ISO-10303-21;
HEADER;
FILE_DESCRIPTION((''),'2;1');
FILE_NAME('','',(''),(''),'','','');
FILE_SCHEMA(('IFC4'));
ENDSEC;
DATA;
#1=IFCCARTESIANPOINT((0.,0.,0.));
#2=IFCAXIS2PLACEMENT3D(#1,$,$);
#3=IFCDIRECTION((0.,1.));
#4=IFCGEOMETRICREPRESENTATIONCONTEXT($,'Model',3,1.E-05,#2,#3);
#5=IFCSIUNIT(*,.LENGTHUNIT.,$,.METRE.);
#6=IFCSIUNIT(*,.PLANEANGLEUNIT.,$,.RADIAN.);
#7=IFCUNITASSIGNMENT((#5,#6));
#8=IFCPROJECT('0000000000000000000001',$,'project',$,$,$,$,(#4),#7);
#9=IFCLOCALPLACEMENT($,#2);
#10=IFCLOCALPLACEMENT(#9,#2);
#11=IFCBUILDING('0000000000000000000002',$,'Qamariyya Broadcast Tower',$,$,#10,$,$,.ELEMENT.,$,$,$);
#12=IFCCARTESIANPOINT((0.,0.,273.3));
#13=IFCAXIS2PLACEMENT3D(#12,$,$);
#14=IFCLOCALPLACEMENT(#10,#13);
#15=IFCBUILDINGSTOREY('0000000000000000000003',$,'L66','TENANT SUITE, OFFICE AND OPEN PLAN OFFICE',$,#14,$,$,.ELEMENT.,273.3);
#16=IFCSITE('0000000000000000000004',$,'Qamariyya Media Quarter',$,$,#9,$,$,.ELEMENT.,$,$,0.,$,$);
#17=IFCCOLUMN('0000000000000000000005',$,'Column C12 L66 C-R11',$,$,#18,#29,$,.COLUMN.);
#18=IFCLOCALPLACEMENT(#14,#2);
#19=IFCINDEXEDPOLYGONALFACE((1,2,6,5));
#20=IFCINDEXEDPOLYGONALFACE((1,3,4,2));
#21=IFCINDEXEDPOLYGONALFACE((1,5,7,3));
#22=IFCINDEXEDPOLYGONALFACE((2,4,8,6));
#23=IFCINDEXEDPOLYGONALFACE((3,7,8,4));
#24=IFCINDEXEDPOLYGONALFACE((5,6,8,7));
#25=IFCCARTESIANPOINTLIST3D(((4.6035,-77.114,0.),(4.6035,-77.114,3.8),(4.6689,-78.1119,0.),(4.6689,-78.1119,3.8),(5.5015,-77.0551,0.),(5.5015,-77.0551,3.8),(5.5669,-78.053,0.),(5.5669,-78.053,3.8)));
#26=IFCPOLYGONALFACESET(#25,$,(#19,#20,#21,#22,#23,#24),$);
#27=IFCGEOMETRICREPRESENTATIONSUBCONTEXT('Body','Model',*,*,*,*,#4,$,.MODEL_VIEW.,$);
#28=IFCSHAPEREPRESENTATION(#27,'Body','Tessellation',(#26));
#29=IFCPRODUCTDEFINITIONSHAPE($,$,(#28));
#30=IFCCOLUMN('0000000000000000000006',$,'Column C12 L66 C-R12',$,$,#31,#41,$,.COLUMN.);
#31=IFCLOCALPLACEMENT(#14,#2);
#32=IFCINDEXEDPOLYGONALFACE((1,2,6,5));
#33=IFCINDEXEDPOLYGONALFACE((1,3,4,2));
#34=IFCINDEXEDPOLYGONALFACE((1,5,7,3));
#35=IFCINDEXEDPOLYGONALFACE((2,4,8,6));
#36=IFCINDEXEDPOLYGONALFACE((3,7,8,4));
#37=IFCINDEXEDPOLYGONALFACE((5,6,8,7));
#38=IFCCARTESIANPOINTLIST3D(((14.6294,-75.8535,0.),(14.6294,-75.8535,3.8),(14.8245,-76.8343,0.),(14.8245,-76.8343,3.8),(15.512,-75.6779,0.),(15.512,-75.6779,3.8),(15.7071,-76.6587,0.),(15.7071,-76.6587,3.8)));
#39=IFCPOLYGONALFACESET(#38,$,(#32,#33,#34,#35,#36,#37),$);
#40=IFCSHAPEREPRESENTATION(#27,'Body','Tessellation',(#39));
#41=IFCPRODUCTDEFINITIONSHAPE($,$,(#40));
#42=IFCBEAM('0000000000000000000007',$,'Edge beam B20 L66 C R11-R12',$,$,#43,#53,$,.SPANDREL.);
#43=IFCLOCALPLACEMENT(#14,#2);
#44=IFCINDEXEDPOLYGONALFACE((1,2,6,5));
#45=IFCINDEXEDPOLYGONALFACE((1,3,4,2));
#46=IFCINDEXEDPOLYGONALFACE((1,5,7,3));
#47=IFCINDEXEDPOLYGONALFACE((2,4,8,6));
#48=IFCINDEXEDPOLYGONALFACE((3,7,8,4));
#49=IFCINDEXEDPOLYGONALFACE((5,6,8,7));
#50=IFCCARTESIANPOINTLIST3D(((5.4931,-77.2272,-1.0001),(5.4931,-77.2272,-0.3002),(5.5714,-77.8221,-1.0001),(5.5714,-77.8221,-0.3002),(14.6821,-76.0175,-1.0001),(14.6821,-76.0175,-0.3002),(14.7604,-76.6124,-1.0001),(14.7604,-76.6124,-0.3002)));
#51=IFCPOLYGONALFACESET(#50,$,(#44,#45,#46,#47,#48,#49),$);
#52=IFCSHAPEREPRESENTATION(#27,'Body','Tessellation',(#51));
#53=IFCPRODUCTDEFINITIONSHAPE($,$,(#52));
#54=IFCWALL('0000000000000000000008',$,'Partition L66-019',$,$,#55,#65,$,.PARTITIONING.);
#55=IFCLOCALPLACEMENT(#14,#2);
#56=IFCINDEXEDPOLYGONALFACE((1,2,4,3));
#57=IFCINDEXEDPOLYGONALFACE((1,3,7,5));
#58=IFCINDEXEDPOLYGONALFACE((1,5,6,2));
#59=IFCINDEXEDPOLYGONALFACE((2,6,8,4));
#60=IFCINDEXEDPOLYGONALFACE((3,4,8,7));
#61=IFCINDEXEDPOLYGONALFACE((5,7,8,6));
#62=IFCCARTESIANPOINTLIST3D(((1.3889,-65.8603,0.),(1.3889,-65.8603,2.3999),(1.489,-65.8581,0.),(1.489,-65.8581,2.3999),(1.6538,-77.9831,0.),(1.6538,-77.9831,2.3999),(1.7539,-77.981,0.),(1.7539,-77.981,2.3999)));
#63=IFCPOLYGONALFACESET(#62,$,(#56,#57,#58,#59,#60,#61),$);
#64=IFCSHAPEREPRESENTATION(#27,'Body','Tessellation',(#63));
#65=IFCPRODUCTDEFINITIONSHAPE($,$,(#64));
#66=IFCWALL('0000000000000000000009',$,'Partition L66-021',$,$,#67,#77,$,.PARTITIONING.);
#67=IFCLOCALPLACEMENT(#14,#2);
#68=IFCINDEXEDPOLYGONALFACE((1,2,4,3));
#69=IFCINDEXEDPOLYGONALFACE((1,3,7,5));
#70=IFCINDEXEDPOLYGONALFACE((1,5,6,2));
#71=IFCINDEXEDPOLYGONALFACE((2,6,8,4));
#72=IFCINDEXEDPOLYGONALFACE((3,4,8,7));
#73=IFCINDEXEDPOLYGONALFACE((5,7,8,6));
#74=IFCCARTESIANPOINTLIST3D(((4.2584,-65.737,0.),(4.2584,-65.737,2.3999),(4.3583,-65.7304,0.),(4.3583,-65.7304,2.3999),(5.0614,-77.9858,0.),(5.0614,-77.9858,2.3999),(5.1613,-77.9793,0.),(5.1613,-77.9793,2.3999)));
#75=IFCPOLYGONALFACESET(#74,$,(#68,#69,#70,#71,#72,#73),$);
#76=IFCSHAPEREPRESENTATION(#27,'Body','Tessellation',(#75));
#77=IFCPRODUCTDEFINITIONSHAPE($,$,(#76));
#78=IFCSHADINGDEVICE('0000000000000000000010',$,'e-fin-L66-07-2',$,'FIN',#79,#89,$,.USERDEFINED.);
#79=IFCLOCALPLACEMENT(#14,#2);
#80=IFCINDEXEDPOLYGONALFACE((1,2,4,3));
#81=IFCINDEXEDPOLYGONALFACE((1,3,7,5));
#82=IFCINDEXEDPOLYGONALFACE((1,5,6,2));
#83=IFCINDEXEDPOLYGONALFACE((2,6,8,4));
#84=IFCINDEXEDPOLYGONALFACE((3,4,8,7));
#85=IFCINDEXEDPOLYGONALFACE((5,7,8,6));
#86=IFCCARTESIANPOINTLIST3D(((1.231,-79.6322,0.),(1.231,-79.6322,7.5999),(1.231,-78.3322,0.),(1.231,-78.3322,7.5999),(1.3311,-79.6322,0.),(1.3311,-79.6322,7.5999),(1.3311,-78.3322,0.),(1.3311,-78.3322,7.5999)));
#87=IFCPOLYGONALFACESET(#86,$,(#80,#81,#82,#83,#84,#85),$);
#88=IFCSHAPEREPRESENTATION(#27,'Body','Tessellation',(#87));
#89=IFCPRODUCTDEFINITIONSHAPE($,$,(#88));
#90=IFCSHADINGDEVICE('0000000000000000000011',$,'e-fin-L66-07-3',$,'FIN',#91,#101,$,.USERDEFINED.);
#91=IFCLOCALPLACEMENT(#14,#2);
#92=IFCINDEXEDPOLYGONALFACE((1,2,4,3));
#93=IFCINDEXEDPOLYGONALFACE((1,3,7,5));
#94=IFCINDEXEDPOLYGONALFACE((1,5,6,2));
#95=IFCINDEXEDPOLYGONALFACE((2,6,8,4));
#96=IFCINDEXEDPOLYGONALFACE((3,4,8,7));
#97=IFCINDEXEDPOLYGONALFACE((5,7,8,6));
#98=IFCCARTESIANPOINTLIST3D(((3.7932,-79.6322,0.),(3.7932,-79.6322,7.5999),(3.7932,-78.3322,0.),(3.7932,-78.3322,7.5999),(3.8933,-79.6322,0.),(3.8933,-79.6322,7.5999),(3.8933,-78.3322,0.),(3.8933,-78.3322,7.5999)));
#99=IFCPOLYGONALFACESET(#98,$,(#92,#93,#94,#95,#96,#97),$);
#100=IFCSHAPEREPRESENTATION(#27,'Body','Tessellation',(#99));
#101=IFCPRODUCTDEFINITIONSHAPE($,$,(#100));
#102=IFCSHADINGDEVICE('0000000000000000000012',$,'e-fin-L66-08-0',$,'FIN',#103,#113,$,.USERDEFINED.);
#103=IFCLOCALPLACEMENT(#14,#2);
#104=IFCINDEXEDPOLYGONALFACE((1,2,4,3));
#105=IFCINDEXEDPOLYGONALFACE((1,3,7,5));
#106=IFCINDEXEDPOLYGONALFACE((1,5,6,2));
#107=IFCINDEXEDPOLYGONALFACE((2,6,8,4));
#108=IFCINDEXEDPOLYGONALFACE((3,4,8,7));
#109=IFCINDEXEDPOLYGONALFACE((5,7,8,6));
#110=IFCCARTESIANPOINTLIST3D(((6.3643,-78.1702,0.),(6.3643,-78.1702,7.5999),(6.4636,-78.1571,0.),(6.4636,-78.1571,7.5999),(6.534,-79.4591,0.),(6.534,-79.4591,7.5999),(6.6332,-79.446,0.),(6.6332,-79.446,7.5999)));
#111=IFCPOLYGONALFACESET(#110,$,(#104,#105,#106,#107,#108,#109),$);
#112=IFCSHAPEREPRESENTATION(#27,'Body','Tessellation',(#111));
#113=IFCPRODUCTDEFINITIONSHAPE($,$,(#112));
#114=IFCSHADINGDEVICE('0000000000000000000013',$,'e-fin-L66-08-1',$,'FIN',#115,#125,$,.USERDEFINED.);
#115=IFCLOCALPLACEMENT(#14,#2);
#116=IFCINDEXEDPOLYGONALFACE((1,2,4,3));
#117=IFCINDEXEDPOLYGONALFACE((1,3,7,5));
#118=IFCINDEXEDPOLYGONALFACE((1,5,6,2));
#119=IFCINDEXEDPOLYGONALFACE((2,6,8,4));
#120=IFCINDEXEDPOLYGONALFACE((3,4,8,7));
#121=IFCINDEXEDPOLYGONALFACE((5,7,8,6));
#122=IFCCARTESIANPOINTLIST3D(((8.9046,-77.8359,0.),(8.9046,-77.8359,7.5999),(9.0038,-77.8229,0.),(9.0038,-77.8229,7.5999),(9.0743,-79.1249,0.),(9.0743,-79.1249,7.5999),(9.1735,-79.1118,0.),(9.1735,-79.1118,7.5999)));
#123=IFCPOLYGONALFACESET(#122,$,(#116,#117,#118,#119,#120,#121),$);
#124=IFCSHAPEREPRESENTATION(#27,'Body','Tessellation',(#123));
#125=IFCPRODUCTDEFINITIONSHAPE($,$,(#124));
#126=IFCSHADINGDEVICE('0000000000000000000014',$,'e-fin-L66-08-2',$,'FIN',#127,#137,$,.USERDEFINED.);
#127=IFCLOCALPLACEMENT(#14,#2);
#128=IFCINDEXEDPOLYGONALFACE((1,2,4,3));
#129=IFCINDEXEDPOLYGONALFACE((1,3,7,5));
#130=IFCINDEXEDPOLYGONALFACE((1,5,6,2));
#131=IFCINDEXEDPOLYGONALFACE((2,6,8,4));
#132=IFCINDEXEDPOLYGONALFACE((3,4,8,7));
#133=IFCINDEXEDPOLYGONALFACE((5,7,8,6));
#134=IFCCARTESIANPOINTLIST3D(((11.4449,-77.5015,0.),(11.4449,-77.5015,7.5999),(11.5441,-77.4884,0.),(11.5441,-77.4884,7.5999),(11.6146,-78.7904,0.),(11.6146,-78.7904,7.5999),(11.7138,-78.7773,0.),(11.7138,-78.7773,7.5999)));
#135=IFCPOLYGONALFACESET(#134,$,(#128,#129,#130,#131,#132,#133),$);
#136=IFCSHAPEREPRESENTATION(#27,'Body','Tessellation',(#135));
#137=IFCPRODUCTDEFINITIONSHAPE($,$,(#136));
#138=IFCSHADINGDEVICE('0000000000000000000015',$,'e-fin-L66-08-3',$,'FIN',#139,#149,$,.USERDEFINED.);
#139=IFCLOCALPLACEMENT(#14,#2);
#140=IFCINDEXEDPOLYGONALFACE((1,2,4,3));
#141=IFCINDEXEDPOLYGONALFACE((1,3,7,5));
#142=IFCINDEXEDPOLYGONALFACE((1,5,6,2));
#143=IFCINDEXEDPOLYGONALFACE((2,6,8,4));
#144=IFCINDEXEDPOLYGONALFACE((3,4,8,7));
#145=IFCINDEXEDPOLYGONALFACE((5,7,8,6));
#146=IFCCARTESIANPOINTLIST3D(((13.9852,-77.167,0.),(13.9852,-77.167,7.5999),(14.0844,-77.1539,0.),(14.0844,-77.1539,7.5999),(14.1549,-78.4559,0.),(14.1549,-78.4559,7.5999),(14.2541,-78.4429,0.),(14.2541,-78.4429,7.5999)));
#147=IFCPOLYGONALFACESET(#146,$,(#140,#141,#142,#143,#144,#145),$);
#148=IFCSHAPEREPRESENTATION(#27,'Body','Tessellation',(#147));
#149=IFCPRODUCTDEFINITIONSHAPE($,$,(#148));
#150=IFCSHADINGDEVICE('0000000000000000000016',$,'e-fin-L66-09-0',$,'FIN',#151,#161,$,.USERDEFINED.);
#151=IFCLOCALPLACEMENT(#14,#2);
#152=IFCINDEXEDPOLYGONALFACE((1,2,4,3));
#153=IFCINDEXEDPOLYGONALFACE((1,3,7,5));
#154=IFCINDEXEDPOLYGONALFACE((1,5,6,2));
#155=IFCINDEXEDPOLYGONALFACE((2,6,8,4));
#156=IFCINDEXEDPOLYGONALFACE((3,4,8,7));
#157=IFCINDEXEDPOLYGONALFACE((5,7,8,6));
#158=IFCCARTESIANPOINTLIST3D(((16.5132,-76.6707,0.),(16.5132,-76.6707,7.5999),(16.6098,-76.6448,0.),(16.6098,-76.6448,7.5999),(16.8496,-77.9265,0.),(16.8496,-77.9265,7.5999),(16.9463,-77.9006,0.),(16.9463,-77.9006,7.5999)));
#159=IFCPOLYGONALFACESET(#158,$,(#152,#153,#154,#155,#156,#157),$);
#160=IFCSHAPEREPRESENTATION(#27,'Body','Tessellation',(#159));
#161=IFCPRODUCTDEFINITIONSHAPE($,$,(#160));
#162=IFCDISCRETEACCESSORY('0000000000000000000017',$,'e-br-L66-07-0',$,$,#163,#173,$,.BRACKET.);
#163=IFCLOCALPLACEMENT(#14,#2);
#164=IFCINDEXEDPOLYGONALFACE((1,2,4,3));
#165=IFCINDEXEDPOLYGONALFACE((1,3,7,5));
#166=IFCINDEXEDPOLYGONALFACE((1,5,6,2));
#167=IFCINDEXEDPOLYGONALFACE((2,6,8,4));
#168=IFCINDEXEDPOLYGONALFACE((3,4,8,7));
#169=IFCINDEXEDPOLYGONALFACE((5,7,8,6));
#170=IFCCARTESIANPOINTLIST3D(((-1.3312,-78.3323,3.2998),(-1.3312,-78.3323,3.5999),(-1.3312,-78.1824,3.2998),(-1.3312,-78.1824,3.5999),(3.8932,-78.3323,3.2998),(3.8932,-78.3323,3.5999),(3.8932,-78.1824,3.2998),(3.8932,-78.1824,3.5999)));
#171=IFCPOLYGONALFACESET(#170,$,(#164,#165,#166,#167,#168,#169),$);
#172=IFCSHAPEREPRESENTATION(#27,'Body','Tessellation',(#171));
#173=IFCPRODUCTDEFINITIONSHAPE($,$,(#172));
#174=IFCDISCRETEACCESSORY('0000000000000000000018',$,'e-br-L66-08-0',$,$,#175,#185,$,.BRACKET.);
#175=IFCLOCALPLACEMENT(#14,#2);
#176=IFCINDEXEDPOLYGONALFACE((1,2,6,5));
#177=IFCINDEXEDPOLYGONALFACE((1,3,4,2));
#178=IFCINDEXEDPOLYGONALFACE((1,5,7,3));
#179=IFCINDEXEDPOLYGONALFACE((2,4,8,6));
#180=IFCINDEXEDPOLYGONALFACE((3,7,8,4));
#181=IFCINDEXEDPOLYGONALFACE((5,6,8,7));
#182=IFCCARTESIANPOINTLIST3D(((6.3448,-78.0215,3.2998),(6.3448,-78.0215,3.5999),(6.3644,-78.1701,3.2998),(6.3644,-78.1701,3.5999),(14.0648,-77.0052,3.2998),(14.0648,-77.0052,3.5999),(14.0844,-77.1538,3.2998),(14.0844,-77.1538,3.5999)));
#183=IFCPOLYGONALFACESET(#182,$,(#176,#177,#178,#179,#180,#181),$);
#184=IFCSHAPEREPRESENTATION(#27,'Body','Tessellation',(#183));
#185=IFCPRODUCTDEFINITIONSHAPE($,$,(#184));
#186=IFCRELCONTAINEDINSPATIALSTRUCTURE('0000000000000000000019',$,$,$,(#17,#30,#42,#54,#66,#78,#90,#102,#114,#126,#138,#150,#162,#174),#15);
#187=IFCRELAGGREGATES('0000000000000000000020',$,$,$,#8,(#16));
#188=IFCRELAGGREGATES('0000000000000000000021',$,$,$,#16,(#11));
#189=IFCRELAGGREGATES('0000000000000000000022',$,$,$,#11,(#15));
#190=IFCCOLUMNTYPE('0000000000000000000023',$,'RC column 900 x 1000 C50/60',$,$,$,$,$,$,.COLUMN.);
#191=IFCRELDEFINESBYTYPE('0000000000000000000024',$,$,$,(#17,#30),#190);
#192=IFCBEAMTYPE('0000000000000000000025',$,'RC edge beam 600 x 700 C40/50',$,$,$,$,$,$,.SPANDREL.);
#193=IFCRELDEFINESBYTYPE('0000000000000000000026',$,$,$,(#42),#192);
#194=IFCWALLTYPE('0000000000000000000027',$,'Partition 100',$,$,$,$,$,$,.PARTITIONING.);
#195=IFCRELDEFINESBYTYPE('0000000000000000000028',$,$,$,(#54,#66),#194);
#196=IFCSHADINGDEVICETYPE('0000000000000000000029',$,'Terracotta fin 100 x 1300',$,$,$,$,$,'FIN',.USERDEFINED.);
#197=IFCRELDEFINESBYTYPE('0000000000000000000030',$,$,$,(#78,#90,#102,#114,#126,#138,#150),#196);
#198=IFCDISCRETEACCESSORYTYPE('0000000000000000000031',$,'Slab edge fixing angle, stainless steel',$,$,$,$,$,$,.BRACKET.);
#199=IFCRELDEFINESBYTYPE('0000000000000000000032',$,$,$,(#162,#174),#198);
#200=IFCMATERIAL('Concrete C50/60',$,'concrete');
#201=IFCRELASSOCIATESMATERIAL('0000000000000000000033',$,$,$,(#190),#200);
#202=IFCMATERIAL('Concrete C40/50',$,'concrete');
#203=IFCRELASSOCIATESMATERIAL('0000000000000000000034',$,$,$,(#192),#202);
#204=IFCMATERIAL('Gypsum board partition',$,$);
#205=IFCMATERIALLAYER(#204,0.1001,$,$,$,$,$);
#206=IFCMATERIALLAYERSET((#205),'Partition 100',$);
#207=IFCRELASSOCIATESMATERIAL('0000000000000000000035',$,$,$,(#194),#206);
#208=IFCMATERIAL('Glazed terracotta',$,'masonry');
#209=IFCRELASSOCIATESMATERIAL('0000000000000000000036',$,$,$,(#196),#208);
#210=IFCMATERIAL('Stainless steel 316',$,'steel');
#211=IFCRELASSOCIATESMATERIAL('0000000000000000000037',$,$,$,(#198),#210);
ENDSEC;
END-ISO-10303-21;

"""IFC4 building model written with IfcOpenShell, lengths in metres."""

from ifc_helpers import new_model, si_unit, direction, frame, frame_2d, origin, origin_2d, place, context, subcontext, project, spatial, rectangle, extrude, material, layer, layer_set, material_profile, profile_set, type_object, element, save


model = new_model("IFC4")

# Units and contexts
model_context = context("Model", 3, precision=1e-05, world=origin(), true_north=direction((0.0, 1.0)))
body_context = subcontext(model_context, "Body", "Model", "MODEL_VIEW")
ifc_project = project(units=[si_unit("LENGTHUNIT", "METRE"), si_unit("PLANEANGLEUNIT", "RADIAN")], contexts=[model_context])

# Site, building, storey
site_placement = place(None, origin())
site = spatial("IfcSite", under=ifc_project, at=site_placement, Name="Qamariyya Media Quarter", CompositionType="ELEMENT", RefElevation=0.0)
building_placement = place(site_placement, origin())
building = spatial("IfcBuilding", under=site, at=building_placement, Name="Qamariyya Broadcast Tower", CompositionType="ELEMENT")
storey_placement = place(building_placement, frame((0.0, 0.0, 273.3)))
storey = spatial("IfcBuildingStorey", under=building, at=storey_placement, Name="L66", Description="TENANT SUITE, OFFICE AND OPEN PLAN OFFICE", CompositionType="ELEMENT", Elevation=273.3)

# Columns
ifc_material_1 = material(Name="Concrete C50/60", Category="concrete")
ifc_material_profile_1 = material_profile(ifc_material_1, rectangle(XDim=0.8999, YDim=1.0, at=origin_2d()))
ifc_profile_set_1 = profile_set([ifc_material_profile_1], Name="Concrete C50/60")
column_type = type_object("IfcColumnType", Name="RC column 900 x 1000 C50/60", PredefinedType="COLUMN", material=ifc_profile_set_1)
for number, where, z_axis, x_axis, name in (
    (1, (5.0852, -77.5835, 0.0), (0.0, 0.0, 1.0), (0.997859, 0.065403, 0.0), "Column C12 L66 C-R11"),
    (2, (15.1682, -76.2561, 0.0), (0.0, 0.0, 1.0), (0.980785, 0.19509, 0.0), "Column C12 L66 C-R12"),
):
    element("IfcColumn", number, at=place(storey_placement, frame(where, z_axis=z_axis, x_axis=x_axis)), inside=storey, type_object=column_type, Name=name, PredefinedType="COLUMN", context=body_context, shape_type="SweptSolid", body=[
        extrude(rectangle(XDim=0.8999, YDim=1.0, at=origin_2d()), origin(), (0.0, 0.0, 1.0), 3.8),
    ])

# Beam
ifc_material_2 = material(Name="Concrete C40/50", Category="concrete")
ifc_material_profile_2 = material_profile(ifc_material_2, rectangle(XDim=0.6001, YDim=0.7, at=origin_2d()))
ifc_profile_set_2 = profile_set([ifc_material_profile_2], Name="Concrete C40/50")
beam_type = type_object("IfcBeamType", Name="RC edge beam 600 x 700 C40/50", PredefinedType="SPANDREL", material=ifc_profile_set_2)
beam_placement = place(storey_placement, frame((5.5322, -77.5247, -0.6501), z_axis=(0.991445, 0.130523, 0.0), x_axis=(-0.130523, 0.991445, 0.0)))
element("IfcBeam", 3, at=beam_placement, inside=storey, type_object=beam_type, Name="Edge beam B20 L66 C R11-R12", PredefinedType="SPANDREL", context=body_context, shape_type="SweptSolid", body=[
    extrude(rectangle(XDim=0.6001, YDim=0.7, at=origin_2d()), origin(), (0.0, 0.0, 1.0), 9.2683),
])

# Walls
ifc_material_3 = material(Name="Gypsum board partition")
ifc_layer = layer(ifc_material_3, 0.1001)
ifc_layer_set = layer_set([ifc_layer], Name="Partition 100")
wall_type = type_object("IfcWallType", Name="Partition 100", PredefinedType="PARTITIONING", material=ifc_layer_set)
wall_1_placement = place(storey_placement, frame((1.7039, -77.9822, 0.0), z_axis=(0.0, 0.0, 1.0), x_axis=(-0.021846, 0.999761, 0.0)))
element("IfcWall", 4, at=wall_1_placement, inside=storey, type_object=wall_type, Name="Partition L66-019", PredefinedType="PARTITIONING", context=body_context, shape_type="SweptSolid", body=[
    extrude(rectangle(XDim=12.1257, YDim=0.1001, at=frame_2d((6.063, 0.0))), origin(), (0.0, 0.0, 1.0), 2.3999),
])
wall_2_placement = place(storey_placement, frame((5.1113, -77.9827, 0.0), z_axis=(0.0, 0.0, 1.0), x_axis=(-0.065415, 0.997858, 0.0)))
element("IfcWall", 5, at=wall_2_placement, inside=storey, type_object=wall_type, Name="Partition L66-021", PredefinedType="PARTITIONING", context=body_context, shape_type="SweptSolid", body=[
    extrude(rectangle(XDim=12.2751, YDim=0.1001, at=frame_2d((6.1377, 0.0))), origin(), (0.0, 0.0, 1.0), 2.3999),
])

# Shading devices
ifc_material_4 = material(Name="Glazed terracotta", Category="masonry")
ifc_material_profile_3 = material_profile(ifc_material_4, rectangle(XDim=1.3, YDim=0.1001, at=origin_2d()))
ifc_profile_set_3 = profile_set([ifc_material_profile_3], Name="Glazed terracotta")
shading_device_type_1 = type_object("IfcShadingDeviceType", Name="Terracotta fin 100 x 1300", ElementType="FIN", PredefinedType="USERDEFINED", material=ifc_profile_set_3)
for number, where, z_axis, x_axis, name in (
    (6, (1.281, -78.9822, 0.0), (0.0, 0.0, 1.0), (0.0, -1.0, 0.0), "e-fin-L66-07-2"),
    (7, (3.8433, -78.9822, 0.0), (0.0, 0.0, 1.0), (0.0, -1.0, 0.0), "e-fin-L66-07-3"),
    (8, (6.4988, -78.8081, 0.0), (0.0, 0.0, 1.0), (0.130526, -0.991445, 0.0), "e-fin-L66-08-0"),
    (9, (9.0391, -78.4739, 0.0), (0.0, 0.0, 1.0), (0.130526, -0.991445, 0.0), "e-fin-L66-08-1"),
    (10, (11.5793, -78.1394, 0.0), (0.0, 0.0, 1.0), (0.130526, -0.991445, 0.0), "e-fin-L66-08-2"),
    (11, (14.1196, -77.8049, 0.0), (0.0, 0.0, 1.0), (0.130526, -0.991445, 0.0), "e-fin-L66-08-3"),
    (12, (16.7297, -77.2856, 0.0), (0.0, 0.0, 1.0), (0.258819, -0.965926, 0.0), "e-fin-L66-09-0"),
):
    element("IfcShadingDevice", number, at=place(storey_placement, frame(where, z_axis=z_axis, x_axis=x_axis)), inside=storey, type_object=shading_device_type_1, Name=name, ObjectType="FIN", PredefinedType="USERDEFINED", context=body_context, shape_type="SweptSolid", body=[
        extrude(rectangle(XDim=1.3, YDim=0.1001, at=origin_2d()), origin(), (0.0, 0.0, 1.0), 7.5999),
    ])

# Discrete accessories
ifc_material_5 = material(Name="Stainless steel 316", Category="steel")
discrete_accessory_type = type_object("IfcDiscreteAccessoryType", Name="Slab edge fixing angle, stainless steel", PredefinedType="BRACKET", material=ifc_material_5)
discrete_accessory_1_placement = place(storey_placement, frame((1.281, -78.2573, 3.2998), z_axis=(0.0, 0.0, 1.0), x_axis=(1.0, 0.0, 0.0)))
element("IfcDiscreteAccessory", 13, at=discrete_accessory_1_placement, inside=storey, type_object=discrete_accessory_type, Name="e-br-L66-07-0", PredefinedType="BRACKET", context=body_context, shape_type="SweptSolid", body=[
    extrude(rectangle(XDim=5.2244, YDim=0.1499, at=origin_2d()), origin(), (0.0, 0.0, 1.0), 0.3),
])
discrete_accessory_2_placement = place(storey_placement, frame((10.2146, -77.5876, 3.2998), z_axis=(0.0, 0.0, 1.0), x_axis=(0.991445, 0.130526, 0.0)))
element("IfcDiscreteAccessory", 14, at=discrete_accessory_2_placement, inside=storey, type_object=discrete_accessory_type, Name="e-br-L66-08-0", PredefinedType="BRACKET", context=body_context, shape_type="SweptSolid", body=[
    extrude(rectangle(XDim=7.7866, YDim=0.1499, at=origin_2d()), origin(), (0.0, 0.0, 1.0), 0.3),
])

save(model, "model.ifc")
